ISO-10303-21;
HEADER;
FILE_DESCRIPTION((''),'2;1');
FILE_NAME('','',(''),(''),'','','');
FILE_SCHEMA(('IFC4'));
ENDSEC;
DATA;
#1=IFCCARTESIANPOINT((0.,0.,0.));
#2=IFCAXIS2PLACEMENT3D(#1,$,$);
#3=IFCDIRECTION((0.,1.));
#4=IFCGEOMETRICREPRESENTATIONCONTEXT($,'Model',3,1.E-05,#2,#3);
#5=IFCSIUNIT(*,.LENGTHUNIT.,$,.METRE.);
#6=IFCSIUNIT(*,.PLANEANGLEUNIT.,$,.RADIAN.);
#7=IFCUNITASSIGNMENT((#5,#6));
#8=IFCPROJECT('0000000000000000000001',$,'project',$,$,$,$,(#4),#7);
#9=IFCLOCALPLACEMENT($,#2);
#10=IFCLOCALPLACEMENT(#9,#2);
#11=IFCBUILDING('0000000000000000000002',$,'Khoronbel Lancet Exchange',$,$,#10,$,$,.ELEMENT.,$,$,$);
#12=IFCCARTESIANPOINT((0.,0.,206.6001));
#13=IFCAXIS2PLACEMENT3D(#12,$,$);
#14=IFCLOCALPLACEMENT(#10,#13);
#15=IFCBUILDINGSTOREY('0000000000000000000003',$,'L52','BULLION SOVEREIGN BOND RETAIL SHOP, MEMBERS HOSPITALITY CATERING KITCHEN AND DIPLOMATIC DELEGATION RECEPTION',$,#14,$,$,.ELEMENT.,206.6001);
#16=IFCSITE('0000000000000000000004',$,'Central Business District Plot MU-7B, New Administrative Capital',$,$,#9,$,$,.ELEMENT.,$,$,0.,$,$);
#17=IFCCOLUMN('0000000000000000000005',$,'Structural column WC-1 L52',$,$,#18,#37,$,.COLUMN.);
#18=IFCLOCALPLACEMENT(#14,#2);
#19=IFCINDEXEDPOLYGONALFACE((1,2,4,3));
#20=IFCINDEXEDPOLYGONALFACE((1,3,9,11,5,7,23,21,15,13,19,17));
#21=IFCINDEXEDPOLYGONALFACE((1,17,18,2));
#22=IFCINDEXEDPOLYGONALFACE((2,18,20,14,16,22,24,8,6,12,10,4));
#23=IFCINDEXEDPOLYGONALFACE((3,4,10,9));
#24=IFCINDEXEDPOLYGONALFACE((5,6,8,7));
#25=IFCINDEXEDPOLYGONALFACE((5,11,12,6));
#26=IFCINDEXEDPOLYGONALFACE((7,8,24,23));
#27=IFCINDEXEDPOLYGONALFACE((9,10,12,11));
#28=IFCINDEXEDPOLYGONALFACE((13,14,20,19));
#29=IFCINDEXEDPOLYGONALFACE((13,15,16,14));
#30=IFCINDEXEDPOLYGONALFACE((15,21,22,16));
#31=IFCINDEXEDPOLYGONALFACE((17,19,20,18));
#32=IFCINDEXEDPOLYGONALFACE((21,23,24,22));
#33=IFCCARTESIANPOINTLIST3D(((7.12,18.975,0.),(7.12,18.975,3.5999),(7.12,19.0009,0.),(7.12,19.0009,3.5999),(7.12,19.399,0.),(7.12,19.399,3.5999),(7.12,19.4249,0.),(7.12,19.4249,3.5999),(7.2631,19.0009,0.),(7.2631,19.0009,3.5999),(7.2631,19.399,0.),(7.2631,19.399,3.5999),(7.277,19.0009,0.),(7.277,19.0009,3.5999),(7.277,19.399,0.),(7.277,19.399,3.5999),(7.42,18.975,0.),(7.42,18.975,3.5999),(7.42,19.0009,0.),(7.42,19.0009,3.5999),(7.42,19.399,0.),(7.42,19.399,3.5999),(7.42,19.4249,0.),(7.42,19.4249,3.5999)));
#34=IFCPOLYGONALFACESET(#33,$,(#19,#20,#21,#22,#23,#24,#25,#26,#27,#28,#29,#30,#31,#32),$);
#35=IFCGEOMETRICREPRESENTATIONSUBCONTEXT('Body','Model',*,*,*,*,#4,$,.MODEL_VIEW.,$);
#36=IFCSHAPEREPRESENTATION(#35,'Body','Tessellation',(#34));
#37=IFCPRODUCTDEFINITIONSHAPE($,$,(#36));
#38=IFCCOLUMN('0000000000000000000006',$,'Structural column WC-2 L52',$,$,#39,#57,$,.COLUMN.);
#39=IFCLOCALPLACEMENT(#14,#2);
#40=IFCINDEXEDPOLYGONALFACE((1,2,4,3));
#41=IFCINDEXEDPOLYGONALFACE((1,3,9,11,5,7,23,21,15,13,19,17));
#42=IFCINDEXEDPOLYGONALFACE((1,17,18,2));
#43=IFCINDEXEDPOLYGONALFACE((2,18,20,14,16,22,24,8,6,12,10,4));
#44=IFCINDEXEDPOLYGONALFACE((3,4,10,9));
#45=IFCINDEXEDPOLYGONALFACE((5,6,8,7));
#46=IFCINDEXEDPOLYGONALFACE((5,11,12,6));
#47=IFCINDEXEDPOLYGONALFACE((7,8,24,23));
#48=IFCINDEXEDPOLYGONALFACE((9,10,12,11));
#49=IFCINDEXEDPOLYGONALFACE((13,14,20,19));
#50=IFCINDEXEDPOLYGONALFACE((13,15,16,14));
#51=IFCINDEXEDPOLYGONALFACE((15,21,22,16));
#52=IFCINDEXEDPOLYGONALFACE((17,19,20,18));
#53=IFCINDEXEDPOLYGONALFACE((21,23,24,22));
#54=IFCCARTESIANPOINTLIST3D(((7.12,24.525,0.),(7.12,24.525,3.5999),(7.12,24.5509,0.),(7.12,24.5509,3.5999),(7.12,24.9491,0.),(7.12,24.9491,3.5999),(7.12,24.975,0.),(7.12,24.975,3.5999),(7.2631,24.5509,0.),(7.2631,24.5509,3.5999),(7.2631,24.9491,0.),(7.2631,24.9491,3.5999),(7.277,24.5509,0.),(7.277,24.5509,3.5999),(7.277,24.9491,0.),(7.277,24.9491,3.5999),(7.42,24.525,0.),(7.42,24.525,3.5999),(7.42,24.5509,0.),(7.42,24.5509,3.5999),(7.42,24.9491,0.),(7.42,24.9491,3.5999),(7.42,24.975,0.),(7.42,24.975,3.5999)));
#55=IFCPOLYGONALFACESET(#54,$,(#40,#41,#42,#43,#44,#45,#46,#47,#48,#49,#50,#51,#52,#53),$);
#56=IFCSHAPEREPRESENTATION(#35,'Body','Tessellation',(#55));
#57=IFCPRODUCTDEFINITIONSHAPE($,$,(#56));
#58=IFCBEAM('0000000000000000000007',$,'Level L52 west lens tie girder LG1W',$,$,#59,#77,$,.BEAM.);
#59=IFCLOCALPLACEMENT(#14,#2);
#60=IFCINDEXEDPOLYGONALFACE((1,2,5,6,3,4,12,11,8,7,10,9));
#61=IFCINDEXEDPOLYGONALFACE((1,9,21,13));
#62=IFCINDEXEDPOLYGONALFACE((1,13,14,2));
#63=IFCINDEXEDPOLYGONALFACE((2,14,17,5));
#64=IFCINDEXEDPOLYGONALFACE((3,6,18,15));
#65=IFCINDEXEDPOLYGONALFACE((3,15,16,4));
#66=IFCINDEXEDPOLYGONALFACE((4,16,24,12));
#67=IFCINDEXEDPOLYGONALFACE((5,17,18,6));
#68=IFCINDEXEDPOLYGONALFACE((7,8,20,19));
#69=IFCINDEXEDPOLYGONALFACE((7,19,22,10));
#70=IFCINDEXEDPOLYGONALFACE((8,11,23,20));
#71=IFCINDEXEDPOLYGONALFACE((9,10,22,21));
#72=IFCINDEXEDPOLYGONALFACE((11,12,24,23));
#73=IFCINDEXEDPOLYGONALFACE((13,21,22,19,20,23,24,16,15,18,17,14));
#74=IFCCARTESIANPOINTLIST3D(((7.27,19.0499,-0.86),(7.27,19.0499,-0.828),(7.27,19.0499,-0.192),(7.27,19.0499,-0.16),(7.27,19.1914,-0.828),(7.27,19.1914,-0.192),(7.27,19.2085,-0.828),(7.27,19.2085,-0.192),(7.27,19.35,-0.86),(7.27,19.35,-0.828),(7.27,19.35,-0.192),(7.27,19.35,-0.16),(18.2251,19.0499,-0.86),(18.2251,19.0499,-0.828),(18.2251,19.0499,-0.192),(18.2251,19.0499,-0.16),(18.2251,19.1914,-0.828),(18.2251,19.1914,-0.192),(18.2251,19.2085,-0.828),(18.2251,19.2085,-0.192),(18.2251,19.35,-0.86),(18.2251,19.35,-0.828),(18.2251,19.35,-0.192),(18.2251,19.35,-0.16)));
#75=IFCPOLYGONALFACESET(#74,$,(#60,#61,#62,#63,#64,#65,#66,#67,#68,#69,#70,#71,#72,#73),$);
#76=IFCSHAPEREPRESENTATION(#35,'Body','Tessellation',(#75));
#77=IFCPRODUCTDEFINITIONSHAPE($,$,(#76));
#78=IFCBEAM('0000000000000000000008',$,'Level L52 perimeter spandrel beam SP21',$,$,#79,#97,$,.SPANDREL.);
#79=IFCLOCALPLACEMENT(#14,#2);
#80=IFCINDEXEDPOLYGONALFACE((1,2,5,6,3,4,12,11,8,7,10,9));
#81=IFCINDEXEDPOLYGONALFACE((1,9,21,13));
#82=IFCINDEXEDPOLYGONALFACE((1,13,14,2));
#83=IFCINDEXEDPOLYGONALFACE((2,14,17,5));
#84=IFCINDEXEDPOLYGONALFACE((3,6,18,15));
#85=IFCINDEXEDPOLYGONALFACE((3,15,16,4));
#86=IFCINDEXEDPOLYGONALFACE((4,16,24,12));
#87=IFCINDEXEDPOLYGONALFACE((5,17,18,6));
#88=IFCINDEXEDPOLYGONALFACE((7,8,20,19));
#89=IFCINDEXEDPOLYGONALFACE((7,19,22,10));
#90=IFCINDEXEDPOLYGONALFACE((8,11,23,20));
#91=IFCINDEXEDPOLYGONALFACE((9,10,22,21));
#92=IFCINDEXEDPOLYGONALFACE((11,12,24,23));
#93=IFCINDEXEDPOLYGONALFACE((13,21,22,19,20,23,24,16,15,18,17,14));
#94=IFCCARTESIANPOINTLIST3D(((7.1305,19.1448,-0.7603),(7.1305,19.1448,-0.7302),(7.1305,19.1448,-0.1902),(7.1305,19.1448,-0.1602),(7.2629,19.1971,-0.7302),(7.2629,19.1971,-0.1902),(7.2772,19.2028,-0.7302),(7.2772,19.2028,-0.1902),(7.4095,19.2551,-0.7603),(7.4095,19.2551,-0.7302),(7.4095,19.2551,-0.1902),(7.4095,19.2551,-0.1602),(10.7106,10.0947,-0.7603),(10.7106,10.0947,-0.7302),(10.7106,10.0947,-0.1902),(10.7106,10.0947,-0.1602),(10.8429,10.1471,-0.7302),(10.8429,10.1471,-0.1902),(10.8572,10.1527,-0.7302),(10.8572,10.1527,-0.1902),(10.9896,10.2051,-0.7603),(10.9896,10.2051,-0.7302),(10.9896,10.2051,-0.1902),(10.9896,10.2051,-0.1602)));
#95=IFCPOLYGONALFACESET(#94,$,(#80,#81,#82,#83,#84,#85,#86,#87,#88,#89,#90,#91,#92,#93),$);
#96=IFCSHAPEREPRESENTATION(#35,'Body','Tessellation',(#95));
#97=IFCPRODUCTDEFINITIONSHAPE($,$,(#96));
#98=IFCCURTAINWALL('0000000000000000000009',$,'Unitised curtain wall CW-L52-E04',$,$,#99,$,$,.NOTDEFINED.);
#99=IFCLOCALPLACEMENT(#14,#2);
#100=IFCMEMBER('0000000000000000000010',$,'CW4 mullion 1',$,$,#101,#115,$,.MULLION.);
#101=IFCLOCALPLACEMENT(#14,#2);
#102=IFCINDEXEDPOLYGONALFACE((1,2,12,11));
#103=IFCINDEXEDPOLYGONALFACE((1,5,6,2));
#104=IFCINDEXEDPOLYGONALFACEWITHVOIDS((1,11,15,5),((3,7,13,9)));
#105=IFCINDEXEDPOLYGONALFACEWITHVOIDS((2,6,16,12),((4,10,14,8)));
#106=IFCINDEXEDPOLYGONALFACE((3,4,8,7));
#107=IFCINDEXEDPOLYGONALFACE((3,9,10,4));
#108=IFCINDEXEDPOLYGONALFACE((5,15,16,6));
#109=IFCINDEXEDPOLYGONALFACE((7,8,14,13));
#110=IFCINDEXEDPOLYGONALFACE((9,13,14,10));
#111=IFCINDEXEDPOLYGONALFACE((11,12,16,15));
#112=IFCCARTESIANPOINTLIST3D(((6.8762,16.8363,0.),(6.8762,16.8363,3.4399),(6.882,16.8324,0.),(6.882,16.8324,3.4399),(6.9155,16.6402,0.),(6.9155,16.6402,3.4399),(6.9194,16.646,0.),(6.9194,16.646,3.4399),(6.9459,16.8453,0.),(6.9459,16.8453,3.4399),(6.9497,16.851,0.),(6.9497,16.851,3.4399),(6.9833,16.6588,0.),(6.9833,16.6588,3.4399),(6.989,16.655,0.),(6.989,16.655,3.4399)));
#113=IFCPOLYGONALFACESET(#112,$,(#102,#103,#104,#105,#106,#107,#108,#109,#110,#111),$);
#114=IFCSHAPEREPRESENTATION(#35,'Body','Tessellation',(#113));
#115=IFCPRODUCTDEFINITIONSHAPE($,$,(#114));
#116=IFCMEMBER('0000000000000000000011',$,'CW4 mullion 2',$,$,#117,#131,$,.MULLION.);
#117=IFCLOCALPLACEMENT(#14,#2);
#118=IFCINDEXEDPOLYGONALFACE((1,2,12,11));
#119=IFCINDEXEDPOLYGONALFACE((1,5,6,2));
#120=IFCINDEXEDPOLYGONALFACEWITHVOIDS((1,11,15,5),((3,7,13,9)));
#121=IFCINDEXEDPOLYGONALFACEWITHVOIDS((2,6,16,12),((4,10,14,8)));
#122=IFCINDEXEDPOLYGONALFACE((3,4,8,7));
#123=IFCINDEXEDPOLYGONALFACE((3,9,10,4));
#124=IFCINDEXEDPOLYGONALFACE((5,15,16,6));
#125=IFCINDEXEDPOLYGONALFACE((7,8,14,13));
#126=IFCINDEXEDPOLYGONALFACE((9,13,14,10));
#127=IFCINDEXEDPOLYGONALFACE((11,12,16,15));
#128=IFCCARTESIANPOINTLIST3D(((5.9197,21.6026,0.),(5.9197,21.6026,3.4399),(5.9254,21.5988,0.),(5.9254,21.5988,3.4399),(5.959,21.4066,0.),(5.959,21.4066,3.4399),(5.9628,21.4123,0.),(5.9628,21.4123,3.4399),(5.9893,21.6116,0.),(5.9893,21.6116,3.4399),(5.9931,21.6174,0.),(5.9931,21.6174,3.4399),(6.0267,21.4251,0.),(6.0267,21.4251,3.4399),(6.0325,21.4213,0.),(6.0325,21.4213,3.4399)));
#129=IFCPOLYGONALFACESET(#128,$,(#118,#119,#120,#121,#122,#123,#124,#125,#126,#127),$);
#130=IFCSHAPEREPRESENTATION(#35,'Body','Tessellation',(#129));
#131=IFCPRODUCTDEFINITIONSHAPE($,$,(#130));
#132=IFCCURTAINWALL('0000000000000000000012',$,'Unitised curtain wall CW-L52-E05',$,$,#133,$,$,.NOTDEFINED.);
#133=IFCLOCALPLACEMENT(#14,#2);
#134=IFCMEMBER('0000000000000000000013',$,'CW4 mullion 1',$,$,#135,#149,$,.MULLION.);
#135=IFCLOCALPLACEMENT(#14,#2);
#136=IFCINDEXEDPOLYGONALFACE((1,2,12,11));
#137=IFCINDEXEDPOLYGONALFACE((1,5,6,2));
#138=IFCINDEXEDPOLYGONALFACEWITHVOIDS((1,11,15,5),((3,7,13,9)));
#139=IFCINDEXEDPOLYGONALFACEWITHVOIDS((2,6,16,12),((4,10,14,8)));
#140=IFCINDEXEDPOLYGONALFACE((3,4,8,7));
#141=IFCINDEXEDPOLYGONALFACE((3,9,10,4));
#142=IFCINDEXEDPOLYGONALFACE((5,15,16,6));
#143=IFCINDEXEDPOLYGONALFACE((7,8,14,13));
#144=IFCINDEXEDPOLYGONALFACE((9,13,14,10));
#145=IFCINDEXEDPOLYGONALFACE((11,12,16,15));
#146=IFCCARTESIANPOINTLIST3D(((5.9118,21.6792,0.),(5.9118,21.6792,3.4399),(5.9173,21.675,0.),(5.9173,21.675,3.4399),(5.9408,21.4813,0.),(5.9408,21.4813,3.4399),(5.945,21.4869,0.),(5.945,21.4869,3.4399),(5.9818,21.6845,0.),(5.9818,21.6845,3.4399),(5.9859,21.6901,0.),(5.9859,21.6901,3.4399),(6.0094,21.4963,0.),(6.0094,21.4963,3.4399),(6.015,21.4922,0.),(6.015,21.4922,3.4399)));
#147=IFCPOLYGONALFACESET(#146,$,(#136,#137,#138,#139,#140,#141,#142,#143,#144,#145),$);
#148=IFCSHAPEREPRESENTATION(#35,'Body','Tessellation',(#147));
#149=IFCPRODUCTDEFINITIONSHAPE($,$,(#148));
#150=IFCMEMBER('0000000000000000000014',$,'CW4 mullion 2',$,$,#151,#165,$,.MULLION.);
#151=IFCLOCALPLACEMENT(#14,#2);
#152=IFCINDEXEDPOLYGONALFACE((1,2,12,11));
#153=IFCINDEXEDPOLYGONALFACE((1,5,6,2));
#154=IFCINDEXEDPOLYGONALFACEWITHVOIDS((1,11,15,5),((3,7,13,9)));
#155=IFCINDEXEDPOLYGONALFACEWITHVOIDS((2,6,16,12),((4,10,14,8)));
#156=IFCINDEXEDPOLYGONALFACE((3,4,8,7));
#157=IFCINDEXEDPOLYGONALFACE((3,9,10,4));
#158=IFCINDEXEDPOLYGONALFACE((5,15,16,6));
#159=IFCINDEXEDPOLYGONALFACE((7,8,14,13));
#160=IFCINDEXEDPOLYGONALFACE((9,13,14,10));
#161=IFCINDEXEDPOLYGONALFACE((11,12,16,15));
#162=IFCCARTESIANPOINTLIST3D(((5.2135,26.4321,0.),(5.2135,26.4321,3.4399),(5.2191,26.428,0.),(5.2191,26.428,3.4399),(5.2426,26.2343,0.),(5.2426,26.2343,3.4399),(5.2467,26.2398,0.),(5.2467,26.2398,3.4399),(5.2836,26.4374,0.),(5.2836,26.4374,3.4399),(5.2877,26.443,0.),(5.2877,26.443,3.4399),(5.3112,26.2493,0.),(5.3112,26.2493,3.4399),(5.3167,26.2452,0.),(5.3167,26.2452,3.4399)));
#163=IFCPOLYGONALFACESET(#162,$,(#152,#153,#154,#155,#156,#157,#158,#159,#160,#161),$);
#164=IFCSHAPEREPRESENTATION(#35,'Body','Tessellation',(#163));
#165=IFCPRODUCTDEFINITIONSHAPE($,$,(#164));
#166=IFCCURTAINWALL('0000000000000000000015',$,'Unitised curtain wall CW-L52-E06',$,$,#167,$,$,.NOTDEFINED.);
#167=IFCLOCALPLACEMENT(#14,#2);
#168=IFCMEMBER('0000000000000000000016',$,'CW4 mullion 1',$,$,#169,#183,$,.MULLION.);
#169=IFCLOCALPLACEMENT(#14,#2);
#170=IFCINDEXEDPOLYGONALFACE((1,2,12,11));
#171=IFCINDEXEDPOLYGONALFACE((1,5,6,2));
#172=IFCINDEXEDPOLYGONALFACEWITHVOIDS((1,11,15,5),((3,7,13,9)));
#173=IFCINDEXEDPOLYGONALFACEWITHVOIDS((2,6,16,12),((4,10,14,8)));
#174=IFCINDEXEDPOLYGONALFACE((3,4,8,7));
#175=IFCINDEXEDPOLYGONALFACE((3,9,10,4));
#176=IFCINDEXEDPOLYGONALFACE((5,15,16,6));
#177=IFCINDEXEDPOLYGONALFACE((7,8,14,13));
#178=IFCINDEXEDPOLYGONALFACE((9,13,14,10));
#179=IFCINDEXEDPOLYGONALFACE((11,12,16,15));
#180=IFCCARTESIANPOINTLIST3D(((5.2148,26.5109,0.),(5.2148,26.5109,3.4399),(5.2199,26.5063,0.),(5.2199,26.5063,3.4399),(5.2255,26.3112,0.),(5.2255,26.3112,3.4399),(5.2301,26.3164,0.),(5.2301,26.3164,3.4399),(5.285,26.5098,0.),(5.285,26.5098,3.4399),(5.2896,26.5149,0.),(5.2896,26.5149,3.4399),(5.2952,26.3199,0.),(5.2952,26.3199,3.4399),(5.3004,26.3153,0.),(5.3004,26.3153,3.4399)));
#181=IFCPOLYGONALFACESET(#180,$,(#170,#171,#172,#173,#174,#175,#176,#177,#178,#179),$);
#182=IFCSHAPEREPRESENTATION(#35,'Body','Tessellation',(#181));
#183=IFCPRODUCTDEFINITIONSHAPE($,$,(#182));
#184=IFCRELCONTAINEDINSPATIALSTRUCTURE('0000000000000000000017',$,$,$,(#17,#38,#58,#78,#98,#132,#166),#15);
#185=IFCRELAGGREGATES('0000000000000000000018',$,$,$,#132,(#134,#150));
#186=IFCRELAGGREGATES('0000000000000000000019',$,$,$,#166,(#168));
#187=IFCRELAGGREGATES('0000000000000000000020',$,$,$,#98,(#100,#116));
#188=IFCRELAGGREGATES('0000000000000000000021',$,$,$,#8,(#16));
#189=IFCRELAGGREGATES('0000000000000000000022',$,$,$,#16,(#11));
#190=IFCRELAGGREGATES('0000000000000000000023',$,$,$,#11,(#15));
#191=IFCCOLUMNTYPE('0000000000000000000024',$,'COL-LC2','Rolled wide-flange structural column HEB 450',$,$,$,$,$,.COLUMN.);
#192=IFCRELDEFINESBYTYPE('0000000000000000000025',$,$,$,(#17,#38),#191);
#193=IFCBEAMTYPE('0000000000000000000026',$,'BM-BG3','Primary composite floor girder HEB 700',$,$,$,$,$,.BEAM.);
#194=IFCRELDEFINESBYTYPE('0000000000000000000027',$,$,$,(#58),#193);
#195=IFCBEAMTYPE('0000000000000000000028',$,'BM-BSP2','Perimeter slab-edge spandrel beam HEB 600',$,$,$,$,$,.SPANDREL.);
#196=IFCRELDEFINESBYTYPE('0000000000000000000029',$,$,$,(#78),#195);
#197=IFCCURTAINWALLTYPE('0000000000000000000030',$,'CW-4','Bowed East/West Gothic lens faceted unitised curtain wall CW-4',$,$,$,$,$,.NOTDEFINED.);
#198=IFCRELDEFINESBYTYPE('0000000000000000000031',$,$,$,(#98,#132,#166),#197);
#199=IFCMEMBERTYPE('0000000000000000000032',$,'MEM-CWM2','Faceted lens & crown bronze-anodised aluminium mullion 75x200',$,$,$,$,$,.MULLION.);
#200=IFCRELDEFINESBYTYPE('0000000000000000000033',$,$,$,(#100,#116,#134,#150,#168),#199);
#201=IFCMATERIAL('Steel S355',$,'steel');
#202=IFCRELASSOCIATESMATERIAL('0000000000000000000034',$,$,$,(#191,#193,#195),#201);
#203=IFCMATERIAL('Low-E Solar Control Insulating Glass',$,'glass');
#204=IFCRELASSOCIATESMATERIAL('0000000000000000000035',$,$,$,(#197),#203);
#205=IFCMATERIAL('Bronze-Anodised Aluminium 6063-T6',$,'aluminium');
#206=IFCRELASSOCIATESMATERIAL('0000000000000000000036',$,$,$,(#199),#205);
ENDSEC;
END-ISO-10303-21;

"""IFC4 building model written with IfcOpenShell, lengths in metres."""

from ifc_helpers import new_model, si_unit, direction, frame, origin, origin_2d, place, context, subcontext, project, spatial, hollow_rectangle, i_section, extrude, material, material_profile, profile_set, type_object, element, aggregate, save


model = new_model("IFC4")

# Units and contexts
model_context = context("Model", 3, precision=1e-05, world=origin(), true_north=direction((0.0, 1.0)))
body_context = subcontext(model_context, "Body", "Model", "MODEL_VIEW")
ifc_project = project(units=[si_unit("LENGTHUNIT", "METRE"), si_unit("PLANEANGLEUNIT", "RADIAN")], contexts=[model_context])

# Site, building, storey
site_placement = place(None, origin())
site = spatial("IfcSite", under=ifc_project, at=site_placement, Name="Central Business District Plot MU-7B, New Administrative Capital", CompositionType="ELEMENT", RefElevation=0.0)
building_placement = place(site_placement, origin())
building = spatial("IfcBuilding", under=site, at=building_placement, Name="Khoronbel Lancet Exchange", CompositionType="ELEMENT")
storey_placement = place(building_placement, frame((0.0, 0.0, 206.6001)))
storey = spatial("IfcBuildingStorey", under=building, at=storey_placement, Name="L52", Description="BULLION SOVEREIGN BOND RETAIL SHOP, MEMBERS HOSPITALITY CATERING KITCHEN AND DIPLOMATIC DELEGATION RECEPTION", CompositionType="ELEMENT", Elevation=206.6001)

# Columns
ifc_material_1 = material(Name="Steel S355", Category="steel")
ifc_material_profile_1 = material_profile(ifc_material_1, i_section(OverallWidth=0.3, OverallDepth=0.45, WebThickness=0.0139, FlangeThickness=0.0259, at=origin_2d()), Name="HEB 450")
ifc_profile_set_1 = profile_set([ifc_material_profile_1], Name="Steel S355")
column_type = type_object("IfcColumnType", Name="COL-LC2", Description="Rolled wide-flange structural column HEB 450", PredefinedType="COLUMN", material=ifc_profile_set_1)
for number, where, z_axis, x_axis, name in (
    (1, (7.27, 19.2, 0.0), (0.0, 0.0, 1.0), (1.0, 0.0, 0.0), "Structural column WC-1 L52"),
    (2, (7.27, 24.75, 0.0), (0.0, 0.0, 1.0), (1.0, 0.0, 0.0), "Structural column WC-2 L52"),
):
    element("IfcColumn", number, at=place(storey_placement, frame(where, z_axis=z_axis, x_axis=x_axis)), inside=storey, type_object=column_type, Name=name, PredefinedType="COLUMN", context=body_context, shape_type="SweptSolid", body=[
        extrude(i_section(OverallWidth=0.3, OverallDepth=0.45, WebThickness=0.0139, FlangeThickness=0.0259, at=origin_2d()), origin(), (0.0, 0.0, 1.0), 3.5999),
    ])

# Beams
ifc_material_profile_2 = material_profile(ifc_material_1, i_section(OverallWidth=0.3, OverallDepth=0.7, WebThickness=0.0171, FlangeThickness=0.032, at=origin_2d()), Name="HEB 700")
ifc_profile_set_2 = profile_set([ifc_material_profile_2], Name="Steel S355")
beam_type_1 = type_object("IfcBeamType", Name="BM-BG3", Description="Primary composite floor girder HEB 700", PredefinedType="BEAM", material=ifc_profile_set_2)
beam_1_placement = place(storey_placement, frame((7.27, 19.2, -0.51), z_axis=(1.0, 0.0, 0.0), x_axis=(0.0, 1.0, 0.0)))
element("IfcBeam", 3, at=beam_1_placement, inside=storey, type_object=beam_type_1, Name="Level L52 west lens tie girder LG1W", PredefinedType="BEAM", context=body_context, shape_type="SweptSolid", body=[
    extrude(i_section(OverallWidth=0.3, OverallDepth=0.7, WebThickness=0.0171, FlangeThickness=0.032, at=origin_2d()), origin(), (0.0, 0.0, 1.0), 10.9551),
])
ifc_material_profile_3 = material_profile(ifc_material_1, i_section(OverallWidth=0.3, OverallDepth=0.6001, WebThickness=0.0154, FlangeThickness=0.03, at=origin_2d()), Name="HEB 600")
ifc_profile_set_3 = profile_set([ifc_material_profile_3], Name="Steel S355")
beam_type_2 = type_object("IfcBeamType", Name="BM-BSP2", Description="Perimeter slab-edge spandrel beam HEB 600", PredefinedType="SPANDREL", material=ifc_profile_set_3)
beam_2_placement = place(storey_placement, frame((7.27, 19.2, -0.4602), z_axis=(0.36785, -0.929885, 0.0), x_axis=(0.929885, 0.36785, 0.0)))
element("IfcBeam", 4, at=beam_2_placement, inside=storey, type_object=beam_type_2, Name="Level L52 perimeter spandrel beam SP21", PredefinedType="SPANDREL", context=body_context, shape_type="SweptSolid", body=[
    extrude(i_section(OverallWidth=0.3, OverallDepth=0.6001, WebThickness=0.0154, FlangeThickness=0.03, at=origin_2d()), origin(), (0.0, 0.0, 1.0), 9.7324),
])

# Curtain walls, members
ifc_material_2 = material(Name="Low-E Solar Control Insulating Glass", Category="glass")
curtain_wall_type = type_object("IfcCurtainWallType", Name="CW-4", Description="Bowed East/West Gothic lens faceted unitised curtain wall CW-4", PredefinedType="NOTDEFINED", material=ifc_material_2)
curtain_wall_1_placement = place(storey_placement, origin())
curtain_wall_1 = element("IfcCurtainWall", 5, at=curtain_wall_1_placement, inside=storey, type_object=curtain_wall_type, Name="Unitised curtain wall CW-L52-E04", PredefinedType="NOTDEFINED")
ifc_material_3 = material(Name="Bronze-Anodised Aluminium 6063-T6", Category="aluminium")
ifc_material_profile_4 = material_profile(ifc_material_3, hollow_rectangle(XDim=0.075, YDim=0.2, WallThickness=0.0049, at=origin_2d()), Name="ALU MULLION 75x200")
ifc_profile_set_4 = profile_set([ifc_material_profile_4], Name="Bronze-Anodised Aluminium 6063-T6")
member_type_1 = type_object("IfcMemberType", Name="MEM-CWM2", Description="Faceted lens & crown bronze-anodised aluminium mullion 75x200", PredefinedType="MULLION", material=ifc_profile_set_4)
member_1_placement = place(storey_placement, frame((6.9326, 16.7456, 0.0), z_axis=(0.0, 0.0, 1.0), x_axis=(-0.980454, -0.196747, 0.0)))
member_1 = element("IfcMember", 6, at=member_1_placement, type_object=member_type_1, Name="CW4 mullion 1", PredefinedType="MULLION", context=body_context, shape_type="SweptSolid", body=[
    extrude(hollow_rectangle(XDim=0.075, YDim=0.2, WallThickness=0.0049, at=origin_2d()), origin(), (0.0, 0.0, 1.0), 3.4399),
])
member_2_placement = place(storey_placement, frame((5.9761, 21.512, 0.0), z_axis=(0.0, 0.0, 1.0), x_axis=(-0.980454, -0.196747, 0.0)))
member_2 = element("IfcMember", 7, at=member_2_placement, type_object=member_type_1, Name="CW4 mullion 2", PredefinedType="MULLION", context=body_context, shape_type="SweptSolid", body=[
    extrude(hollow_rectangle(XDim=0.075, YDim=0.2, WallThickness=0.0049, at=origin_2d()), origin(), (0.0, 0.0, 1.0), 3.4399),
])
curtain_wall_2_placement = place(storey_placement, origin())
curtain_wall_2 = element("IfcCurtainWall", 8, at=curtain_wall_2_placement, inside=storey, type_object=curtain_wall_type, Name="Unitised curtain wall CW-L52-E05", PredefinedType="NOTDEFINED")
member_3_placement = place(storey_placement, frame((5.9634, 21.5857, 0.0), z_axis=(0.0, 0.0, 1.0), x_axis=(-0.989378, -0.145363, 0.0)))
member_3 = element("IfcMember", 9, at=member_3_placement, type_object=member_type_1, Name="CW4 mullion 1", PredefinedType="MULLION", context=body_context, shape_type="SweptSolid", body=[
    extrude(hollow_rectangle(XDim=0.075, YDim=0.2, WallThickness=0.0049, at=origin_2d()), origin(), (0.0, 0.0, 1.0), 3.4399),
])
member_4_placement = place(storey_placement, frame((5.2651, 26.3386, 0.0), z_axis=(0.0, 0.0, 1.0), x_axis=(-0.989378, -0.145363, 0.0)))
member_4 = element("IfcMember", 10, at=member_4_placement, type_object=member_type_1, Name="CW4 mullion 2", PredefinedType="MULLION", context=body_context, shape_type="SweptSolid", body=[
    extrude(hollow_rectangle(XDim=0.075, YDim=0.2, WallThickness=0.0049, at=origin_2d()), origin(), (0.0, 0.0, 1.0), 3.4399),
])
curtain_wall_3_placement = place(storey_placement, origin())
curtain_wall_3 = element("IfcCurtainWall", 11, at=curtain_wall_3_placement, inside=storey, type_object=curtain_wall_type, Name="Unitised curtain wall CW-L52-E06", PredefinedType="NOTDEFINED")
member_5_placement = place(storey_placement, frame((5.2576, 26.4131, 0.0), z_axis=(0.0, 0.0, 1.0), x_axis=(-0.998558, -0.053692, 0.0)))
member_5 = element("IfcMember", 12, at=member_5_placement, type_object=member_type_1, Name="CW4 mullion 1", PredefinedType="MULLION", context=body_context, shape_type="SweptSolid", body=[
    extrude(hollow_rectangle(XDim=0.075, YDim=0.2, WallThickness=0.0049, at=origin_2d()), origin(), (0.0, 0.0, 1.0), 3.4399),
])

aggregate(curtain_wall_2, [member_3, member_4])
aggregate(curtain_wall_3, [member_5])
aggregate(curtain_wall_1, [member_1, member_2])

save(model, "model.ifc")
